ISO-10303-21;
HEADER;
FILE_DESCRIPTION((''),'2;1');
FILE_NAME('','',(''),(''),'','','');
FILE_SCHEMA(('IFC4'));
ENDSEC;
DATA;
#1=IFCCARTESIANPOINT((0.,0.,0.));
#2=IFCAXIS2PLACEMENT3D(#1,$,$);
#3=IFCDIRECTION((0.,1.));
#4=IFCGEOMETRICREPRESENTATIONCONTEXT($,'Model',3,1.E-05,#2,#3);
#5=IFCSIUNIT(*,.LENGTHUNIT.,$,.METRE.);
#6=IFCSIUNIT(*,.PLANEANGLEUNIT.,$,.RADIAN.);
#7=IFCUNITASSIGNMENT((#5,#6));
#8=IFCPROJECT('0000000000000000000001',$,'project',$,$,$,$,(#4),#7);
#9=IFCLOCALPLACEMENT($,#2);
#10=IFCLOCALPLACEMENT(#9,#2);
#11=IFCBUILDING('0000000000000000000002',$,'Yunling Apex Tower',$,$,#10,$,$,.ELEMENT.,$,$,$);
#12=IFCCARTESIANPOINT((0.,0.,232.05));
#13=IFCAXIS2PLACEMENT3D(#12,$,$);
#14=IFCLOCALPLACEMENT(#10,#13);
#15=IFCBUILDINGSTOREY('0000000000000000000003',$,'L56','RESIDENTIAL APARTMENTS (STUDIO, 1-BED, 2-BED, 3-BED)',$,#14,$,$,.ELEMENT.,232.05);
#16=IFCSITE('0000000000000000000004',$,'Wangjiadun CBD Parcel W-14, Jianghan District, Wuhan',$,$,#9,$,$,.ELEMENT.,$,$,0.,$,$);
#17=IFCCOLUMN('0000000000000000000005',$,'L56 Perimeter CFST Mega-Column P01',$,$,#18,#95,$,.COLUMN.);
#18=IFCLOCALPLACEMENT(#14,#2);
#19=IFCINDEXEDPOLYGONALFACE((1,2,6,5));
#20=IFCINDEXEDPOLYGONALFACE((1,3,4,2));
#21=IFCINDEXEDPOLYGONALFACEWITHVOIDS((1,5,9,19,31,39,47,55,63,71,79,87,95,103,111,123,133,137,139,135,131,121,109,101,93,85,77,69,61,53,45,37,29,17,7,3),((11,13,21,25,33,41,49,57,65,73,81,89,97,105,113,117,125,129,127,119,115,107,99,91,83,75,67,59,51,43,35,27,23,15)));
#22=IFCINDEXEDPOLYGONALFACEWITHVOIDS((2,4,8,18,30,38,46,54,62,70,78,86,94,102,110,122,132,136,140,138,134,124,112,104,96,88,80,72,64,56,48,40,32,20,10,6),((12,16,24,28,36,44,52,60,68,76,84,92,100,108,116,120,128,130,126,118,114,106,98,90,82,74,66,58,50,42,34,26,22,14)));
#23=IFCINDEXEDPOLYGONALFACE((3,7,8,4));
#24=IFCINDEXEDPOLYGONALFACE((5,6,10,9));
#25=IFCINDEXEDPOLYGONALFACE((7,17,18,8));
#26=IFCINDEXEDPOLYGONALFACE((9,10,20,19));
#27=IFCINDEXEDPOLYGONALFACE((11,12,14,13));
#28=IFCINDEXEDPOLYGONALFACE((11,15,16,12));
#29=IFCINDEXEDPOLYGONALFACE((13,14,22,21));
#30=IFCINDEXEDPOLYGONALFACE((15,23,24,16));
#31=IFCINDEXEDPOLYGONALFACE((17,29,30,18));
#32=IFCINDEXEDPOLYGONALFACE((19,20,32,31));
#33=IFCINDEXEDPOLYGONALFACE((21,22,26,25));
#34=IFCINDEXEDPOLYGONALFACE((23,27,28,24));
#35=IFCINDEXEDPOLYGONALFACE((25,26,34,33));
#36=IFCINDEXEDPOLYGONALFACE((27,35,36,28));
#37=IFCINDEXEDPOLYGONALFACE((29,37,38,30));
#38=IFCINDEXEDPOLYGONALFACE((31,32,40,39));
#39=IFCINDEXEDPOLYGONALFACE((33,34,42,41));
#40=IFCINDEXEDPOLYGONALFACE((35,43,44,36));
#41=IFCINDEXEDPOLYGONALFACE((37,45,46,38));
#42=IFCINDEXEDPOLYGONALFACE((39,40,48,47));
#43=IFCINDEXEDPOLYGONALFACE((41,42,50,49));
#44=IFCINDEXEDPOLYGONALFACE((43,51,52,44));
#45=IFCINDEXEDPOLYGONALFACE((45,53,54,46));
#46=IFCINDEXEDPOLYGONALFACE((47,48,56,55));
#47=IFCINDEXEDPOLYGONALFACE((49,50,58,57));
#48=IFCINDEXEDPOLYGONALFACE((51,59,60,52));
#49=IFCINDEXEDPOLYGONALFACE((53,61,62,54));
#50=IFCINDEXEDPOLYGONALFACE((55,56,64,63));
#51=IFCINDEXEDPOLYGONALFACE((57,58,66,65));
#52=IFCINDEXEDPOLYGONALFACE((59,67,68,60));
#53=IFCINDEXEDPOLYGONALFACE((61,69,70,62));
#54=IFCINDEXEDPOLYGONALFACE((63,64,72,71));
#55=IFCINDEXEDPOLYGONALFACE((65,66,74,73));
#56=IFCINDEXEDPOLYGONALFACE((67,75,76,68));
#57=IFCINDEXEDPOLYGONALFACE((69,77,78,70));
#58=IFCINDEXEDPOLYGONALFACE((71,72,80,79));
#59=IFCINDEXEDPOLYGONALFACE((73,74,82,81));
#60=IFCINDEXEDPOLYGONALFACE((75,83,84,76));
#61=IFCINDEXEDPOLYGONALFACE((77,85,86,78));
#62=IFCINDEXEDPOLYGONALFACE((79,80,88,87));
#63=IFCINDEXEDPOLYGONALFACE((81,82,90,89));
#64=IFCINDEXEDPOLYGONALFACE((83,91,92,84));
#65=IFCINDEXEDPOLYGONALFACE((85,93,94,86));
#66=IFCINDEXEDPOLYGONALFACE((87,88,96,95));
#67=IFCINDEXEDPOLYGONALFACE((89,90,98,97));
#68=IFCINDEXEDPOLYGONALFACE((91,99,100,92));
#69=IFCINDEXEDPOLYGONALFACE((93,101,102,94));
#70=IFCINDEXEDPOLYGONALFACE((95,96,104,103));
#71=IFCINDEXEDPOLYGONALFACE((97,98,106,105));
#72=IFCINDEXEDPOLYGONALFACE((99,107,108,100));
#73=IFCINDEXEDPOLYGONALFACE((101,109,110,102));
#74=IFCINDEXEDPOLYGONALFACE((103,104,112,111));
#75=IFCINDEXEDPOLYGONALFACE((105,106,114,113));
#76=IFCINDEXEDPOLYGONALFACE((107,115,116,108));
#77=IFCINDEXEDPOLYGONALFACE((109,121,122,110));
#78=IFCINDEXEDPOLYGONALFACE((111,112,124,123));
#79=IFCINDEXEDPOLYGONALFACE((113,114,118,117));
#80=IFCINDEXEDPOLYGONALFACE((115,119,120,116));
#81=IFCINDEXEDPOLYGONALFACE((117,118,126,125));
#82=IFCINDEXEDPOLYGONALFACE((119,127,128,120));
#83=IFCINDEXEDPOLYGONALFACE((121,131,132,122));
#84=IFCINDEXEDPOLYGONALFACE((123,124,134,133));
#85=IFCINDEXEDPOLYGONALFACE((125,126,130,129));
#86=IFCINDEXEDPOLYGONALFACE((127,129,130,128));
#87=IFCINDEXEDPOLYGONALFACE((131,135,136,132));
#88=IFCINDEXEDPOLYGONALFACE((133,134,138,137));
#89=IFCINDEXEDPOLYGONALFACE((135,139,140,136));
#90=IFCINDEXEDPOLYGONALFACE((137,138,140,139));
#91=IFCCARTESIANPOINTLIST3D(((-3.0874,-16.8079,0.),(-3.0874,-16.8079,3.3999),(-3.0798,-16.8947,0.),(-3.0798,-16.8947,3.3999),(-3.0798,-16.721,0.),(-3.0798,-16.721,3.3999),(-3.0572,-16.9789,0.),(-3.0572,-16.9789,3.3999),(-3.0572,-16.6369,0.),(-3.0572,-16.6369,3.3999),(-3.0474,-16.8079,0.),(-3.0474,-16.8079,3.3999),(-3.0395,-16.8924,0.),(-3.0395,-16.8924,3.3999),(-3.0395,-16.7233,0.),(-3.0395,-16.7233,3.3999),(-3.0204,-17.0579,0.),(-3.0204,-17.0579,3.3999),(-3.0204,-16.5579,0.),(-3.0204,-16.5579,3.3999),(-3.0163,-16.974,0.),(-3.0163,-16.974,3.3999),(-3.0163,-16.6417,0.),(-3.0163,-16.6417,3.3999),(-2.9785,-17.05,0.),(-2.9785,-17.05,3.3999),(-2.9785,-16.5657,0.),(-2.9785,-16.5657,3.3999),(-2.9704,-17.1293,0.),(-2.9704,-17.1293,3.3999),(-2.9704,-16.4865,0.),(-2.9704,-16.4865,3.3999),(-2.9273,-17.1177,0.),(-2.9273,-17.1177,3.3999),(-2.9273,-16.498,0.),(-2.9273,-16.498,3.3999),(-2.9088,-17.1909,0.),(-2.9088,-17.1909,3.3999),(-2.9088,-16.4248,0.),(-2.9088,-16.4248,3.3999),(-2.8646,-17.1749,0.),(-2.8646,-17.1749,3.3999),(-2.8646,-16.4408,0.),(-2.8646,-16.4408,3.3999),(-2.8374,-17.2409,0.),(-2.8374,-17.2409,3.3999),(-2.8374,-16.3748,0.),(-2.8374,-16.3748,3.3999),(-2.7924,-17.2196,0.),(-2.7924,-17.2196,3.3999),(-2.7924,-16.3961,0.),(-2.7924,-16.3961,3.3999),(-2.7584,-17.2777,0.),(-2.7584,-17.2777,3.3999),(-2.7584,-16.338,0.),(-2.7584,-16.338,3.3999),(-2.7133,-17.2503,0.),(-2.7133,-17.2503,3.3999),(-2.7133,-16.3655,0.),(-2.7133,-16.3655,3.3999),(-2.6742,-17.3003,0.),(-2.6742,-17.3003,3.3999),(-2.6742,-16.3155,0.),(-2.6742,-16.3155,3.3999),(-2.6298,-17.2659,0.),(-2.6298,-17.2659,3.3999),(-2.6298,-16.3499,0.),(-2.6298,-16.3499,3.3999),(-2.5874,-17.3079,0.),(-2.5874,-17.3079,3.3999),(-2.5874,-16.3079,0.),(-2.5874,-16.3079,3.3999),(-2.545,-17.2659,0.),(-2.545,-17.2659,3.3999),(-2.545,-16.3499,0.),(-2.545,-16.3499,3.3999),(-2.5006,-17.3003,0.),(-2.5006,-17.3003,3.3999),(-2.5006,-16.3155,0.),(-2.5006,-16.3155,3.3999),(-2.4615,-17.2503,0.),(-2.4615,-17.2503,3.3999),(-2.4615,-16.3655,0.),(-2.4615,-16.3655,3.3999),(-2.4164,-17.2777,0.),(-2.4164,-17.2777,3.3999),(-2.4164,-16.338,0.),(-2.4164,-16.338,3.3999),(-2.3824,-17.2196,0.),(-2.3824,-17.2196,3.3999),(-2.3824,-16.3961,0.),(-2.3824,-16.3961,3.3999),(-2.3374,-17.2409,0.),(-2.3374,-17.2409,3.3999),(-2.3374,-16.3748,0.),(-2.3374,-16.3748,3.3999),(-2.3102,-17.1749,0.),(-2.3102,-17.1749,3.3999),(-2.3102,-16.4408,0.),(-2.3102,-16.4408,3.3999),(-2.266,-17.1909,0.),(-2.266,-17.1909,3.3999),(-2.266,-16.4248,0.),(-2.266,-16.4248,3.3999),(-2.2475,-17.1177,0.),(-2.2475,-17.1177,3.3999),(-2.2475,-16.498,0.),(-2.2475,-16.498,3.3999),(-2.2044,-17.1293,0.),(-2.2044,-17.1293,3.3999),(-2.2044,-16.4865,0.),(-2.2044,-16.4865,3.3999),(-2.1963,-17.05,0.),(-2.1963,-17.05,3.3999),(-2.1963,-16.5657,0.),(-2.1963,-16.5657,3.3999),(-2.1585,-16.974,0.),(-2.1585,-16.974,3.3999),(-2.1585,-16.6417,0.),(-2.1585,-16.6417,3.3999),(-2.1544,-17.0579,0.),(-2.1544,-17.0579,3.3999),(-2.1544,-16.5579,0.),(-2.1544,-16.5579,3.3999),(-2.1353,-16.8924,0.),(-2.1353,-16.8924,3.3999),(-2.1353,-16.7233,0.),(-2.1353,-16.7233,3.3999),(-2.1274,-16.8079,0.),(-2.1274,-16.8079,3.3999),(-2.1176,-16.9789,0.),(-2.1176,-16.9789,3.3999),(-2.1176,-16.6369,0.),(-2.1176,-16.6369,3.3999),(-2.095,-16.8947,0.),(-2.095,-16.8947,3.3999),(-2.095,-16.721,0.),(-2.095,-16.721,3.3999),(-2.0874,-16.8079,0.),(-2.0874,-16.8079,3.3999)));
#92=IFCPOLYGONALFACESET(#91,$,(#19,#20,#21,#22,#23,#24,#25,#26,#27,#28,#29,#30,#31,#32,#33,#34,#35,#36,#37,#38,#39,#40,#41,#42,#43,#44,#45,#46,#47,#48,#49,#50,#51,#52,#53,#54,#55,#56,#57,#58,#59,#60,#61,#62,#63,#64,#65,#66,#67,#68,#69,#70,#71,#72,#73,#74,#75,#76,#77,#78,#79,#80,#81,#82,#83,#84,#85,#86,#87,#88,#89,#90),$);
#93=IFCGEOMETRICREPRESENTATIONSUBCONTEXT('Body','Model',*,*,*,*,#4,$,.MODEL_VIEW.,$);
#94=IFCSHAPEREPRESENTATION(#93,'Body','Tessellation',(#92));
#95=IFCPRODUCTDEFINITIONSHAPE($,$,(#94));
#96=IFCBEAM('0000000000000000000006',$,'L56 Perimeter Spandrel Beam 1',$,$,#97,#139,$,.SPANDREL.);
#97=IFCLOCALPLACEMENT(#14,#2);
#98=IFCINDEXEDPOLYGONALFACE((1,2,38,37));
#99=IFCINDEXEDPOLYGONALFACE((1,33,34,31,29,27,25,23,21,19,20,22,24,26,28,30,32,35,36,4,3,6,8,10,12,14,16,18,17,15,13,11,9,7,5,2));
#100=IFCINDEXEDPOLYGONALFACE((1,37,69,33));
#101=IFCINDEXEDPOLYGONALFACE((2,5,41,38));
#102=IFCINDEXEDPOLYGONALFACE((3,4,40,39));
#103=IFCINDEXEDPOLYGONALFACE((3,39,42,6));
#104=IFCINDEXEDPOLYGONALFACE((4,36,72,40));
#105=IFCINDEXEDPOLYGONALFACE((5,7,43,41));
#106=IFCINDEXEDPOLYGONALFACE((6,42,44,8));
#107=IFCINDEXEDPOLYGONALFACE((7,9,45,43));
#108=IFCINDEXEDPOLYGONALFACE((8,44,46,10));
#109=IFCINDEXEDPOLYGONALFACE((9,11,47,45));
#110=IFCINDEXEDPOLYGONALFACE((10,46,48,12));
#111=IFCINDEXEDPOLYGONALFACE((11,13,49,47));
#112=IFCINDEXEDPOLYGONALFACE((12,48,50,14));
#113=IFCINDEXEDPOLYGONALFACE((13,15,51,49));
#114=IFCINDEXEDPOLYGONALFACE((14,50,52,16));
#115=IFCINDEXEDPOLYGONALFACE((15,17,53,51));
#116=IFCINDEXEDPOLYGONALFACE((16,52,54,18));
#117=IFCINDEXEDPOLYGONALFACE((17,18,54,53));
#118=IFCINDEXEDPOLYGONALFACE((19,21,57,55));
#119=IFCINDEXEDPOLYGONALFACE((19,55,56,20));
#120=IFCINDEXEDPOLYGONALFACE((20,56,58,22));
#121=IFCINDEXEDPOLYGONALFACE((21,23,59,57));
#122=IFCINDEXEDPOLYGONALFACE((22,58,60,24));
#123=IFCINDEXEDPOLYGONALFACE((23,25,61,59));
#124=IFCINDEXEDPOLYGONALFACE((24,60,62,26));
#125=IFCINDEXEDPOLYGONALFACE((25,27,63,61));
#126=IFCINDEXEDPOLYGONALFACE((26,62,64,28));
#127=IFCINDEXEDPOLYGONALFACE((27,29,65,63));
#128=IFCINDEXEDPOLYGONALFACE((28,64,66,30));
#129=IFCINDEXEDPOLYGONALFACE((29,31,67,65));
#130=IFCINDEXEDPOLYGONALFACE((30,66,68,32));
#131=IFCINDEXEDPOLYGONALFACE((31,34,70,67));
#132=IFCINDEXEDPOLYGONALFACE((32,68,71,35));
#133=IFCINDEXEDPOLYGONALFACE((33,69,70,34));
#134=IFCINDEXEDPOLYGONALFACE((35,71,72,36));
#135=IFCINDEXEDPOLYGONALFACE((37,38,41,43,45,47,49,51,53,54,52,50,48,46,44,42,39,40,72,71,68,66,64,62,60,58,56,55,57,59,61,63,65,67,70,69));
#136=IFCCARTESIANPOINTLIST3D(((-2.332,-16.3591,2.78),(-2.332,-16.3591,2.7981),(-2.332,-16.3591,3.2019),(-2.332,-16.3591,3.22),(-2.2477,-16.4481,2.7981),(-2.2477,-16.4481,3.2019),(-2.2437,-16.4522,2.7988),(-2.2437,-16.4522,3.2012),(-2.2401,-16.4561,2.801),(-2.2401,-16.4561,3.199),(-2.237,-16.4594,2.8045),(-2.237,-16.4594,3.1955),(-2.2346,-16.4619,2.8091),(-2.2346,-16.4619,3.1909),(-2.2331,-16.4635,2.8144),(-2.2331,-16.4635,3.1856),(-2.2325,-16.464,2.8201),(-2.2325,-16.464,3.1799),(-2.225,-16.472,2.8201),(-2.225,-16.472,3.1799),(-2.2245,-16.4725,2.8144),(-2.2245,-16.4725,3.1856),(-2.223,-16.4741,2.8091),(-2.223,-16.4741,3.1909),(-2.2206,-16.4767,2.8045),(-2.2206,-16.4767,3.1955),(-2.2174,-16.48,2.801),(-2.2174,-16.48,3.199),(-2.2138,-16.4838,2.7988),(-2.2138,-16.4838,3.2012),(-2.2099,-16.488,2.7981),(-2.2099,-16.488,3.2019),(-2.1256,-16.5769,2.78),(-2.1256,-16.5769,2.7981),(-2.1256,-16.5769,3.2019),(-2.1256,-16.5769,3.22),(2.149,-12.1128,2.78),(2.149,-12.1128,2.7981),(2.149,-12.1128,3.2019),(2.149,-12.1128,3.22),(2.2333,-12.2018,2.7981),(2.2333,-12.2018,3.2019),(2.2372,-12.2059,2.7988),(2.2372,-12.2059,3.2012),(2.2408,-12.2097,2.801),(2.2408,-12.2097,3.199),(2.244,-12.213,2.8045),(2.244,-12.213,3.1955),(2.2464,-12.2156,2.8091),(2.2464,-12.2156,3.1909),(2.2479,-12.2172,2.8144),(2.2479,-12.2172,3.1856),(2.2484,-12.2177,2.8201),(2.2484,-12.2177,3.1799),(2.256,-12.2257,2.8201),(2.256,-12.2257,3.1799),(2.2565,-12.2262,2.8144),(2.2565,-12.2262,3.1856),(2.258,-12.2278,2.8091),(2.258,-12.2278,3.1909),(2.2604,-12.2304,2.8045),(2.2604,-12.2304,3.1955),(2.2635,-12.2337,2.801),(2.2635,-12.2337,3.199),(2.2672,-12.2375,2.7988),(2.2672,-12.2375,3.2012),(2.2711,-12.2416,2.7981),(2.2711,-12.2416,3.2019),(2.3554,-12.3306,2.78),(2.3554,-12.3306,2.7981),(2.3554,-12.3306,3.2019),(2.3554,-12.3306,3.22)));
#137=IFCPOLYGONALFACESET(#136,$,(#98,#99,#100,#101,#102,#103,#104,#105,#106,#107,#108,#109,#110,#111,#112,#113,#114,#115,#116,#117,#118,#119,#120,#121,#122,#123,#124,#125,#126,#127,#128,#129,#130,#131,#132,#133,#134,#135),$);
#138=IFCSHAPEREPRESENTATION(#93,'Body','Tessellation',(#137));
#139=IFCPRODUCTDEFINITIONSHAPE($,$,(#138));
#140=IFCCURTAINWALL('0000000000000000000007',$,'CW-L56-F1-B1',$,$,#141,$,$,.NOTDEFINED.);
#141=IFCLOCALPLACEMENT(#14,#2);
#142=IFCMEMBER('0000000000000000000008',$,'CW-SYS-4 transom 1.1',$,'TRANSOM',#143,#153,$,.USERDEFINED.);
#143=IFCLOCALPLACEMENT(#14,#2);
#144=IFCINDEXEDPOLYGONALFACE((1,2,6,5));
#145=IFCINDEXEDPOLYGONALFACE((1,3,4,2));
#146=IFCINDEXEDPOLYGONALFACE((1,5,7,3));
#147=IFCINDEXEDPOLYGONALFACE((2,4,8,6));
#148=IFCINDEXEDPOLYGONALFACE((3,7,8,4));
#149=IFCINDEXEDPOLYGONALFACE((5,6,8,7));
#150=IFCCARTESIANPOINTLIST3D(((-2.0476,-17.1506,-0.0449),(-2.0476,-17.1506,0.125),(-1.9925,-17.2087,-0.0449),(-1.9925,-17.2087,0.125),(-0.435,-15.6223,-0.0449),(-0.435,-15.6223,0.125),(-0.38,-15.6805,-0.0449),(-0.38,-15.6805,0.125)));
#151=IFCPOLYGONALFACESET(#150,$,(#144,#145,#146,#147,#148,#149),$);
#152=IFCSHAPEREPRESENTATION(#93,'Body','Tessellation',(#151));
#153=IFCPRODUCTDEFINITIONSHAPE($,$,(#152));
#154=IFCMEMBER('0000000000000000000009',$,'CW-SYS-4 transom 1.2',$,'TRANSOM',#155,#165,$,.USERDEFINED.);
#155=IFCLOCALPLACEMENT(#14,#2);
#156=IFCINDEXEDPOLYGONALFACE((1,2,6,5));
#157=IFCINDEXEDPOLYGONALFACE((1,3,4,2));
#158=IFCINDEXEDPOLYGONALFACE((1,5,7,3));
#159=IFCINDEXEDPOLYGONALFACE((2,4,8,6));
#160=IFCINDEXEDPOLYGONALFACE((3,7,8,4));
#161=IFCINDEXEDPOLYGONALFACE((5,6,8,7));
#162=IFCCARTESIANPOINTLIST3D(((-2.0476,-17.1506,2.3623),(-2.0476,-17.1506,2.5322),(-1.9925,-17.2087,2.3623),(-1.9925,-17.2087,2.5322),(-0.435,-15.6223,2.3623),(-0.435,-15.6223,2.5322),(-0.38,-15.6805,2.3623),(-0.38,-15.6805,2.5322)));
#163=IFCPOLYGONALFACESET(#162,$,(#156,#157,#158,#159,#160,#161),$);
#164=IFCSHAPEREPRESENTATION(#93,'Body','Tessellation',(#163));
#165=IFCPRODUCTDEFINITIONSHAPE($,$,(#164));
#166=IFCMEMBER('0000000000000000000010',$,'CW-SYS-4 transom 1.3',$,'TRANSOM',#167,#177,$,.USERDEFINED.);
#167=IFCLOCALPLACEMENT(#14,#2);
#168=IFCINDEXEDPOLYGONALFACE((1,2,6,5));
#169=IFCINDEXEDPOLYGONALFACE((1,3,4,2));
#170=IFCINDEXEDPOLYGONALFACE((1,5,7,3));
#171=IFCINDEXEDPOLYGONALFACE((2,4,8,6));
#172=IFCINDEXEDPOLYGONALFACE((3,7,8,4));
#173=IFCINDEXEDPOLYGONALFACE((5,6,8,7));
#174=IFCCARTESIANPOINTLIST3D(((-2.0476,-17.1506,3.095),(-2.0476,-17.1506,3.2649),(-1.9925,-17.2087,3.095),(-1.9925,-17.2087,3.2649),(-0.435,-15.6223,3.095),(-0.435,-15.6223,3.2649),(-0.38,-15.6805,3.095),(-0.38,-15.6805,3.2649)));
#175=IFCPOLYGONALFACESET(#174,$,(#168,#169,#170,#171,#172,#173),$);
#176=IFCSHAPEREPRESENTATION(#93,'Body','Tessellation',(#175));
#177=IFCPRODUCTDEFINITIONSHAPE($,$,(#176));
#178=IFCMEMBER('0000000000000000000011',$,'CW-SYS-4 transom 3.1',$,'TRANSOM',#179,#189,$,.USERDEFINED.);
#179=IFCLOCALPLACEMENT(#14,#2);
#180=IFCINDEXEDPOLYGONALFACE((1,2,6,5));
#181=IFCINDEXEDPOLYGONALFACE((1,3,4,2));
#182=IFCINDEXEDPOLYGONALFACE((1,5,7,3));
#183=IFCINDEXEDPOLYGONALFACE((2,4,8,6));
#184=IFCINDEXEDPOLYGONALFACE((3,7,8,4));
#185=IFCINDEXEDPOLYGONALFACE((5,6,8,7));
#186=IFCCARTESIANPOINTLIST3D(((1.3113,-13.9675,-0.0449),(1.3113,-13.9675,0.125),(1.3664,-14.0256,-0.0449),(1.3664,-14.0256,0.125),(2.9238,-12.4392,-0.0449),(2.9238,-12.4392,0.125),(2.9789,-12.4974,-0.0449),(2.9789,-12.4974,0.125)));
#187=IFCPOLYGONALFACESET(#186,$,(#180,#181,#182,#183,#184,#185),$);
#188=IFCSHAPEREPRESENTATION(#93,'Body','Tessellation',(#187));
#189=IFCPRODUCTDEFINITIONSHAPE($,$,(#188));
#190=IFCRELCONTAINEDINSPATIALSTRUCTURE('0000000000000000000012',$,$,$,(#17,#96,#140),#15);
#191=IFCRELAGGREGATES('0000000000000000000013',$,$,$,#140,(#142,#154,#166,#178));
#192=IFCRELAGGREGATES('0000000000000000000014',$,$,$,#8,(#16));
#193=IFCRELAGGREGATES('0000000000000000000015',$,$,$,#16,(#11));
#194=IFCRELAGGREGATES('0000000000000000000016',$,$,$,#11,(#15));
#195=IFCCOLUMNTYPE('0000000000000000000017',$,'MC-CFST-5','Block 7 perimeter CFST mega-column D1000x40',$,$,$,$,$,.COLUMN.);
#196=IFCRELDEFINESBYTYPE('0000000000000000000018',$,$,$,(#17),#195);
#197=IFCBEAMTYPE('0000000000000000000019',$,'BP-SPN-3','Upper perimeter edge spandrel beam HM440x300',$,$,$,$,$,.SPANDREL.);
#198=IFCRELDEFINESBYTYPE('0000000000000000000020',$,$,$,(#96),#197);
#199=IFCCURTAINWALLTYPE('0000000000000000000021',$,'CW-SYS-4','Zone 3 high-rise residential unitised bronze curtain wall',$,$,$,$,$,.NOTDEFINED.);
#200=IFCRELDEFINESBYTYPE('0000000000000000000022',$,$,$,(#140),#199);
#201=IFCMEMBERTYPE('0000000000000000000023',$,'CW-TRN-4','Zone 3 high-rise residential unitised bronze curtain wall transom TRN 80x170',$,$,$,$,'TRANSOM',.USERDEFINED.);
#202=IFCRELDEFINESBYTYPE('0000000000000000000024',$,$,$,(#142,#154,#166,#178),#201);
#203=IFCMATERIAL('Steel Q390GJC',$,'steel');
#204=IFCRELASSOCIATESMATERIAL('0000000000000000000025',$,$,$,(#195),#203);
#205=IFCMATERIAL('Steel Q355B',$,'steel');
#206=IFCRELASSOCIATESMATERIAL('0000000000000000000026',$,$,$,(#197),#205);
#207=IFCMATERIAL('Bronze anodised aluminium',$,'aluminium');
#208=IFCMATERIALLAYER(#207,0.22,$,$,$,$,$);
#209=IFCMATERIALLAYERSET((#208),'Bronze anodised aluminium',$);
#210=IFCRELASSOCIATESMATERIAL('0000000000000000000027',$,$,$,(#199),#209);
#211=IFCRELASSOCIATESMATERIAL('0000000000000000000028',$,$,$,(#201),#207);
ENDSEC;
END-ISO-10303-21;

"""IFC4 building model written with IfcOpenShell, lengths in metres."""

from ifc_helpers import new_model, si_unit, direction, frame, origin, origin_2d, place, context, subcontext, project, spatial, rectangle, hollow_circle, i_section, extrude, source, transform, mapped, material, layer, layer_set, material_profile, profile_set, type_object, element, aggregate, save


model = new_model("IFC4")

# Units and contexts
model_context = context("Model", 3, precision=1e-05, world=origin(), true_north=direction((0.0, 1.0)))
body_context = subcontext(model_context, "Body", "Model", "MODEL_VIEW")
ifc_project = project(units=[si_unit("LENGTHUNIT", "METRE"), si_unit("PLANEANGLEUNIT", "RADIAN")], contexts=[model_context])

# Site, building, storey
site_placement = place(None, origin())
site = spatial("IfcSite", under=ifc_project, at=site_placement, Name="Wangjiadun CBD Parcel W-14, Jianghan District, Wuhan", CompositionType="ELEMENT", RefElevation=0.0)
building_placement = place(site_placement, origin())
building = spatial("IfcBuilding", under=site, at=building_placement, Name="Yunling Apex Tower", CompositionType="ELEMENT")
storey_placement = place(building_placement, frame((0.0, 0.0, 232.05)))
storey = spatial("IfcBuildingStorey", under=building, at=storey_placement, Name="L56", Description="RESIDENTIAL APARTMENTS (STUDIO, 1-BED, 2-BED, 3-BED)", CompositionType="ELEMENT", Elevation=232.05)

# Column
ifc_material_1 = material(Name="Steel Q390GJC", Category="steel")
ifc_material_profile_1 = material_profile(ifc_material_1, hollow_circle(Radius=0.5, WallThickness=0.04, at=origin_2d()))
ifc_profile_set_1 = profile_set([ifc_material_profile_1], Name="Steel Q390GJC")
column_type = type_object("IfcColumnType", Name="MC-CFST-5", Description="Block 7 perimeter CFST mega-column D1000x40", PredefinedType="COLUMN", material=ifc_profile_set_1)
shared_shape_1 = source(origin(), body_context, "Body", "SweptSolid", [
    extrude(hollow_circle(Radius=0.5, WallThickness=0.04, at=origin_2d()), origin(), (0.0, 0.0, 1.0), 3.3999),
])
column_placement = place(storey_placement, frame((-2.5874, -16.8079, 0.0), z_axis=(0.0, 0.0, 1.0), x_axis=(1.0, 0.0, 0.0)))
element("IfcColumn", 1, at=column_placement, inside=storey, type_object=column_type, Name="L56 Perimeter CFST Mega-Column P01", PredefinedType="COLUMN", context=body_context, shape_type="MappedRepresentation", body=[
    mapped(shared_shape_1, transform((0.0, 0.0, 0.0), scale=1.0)),
])

# Beam
ifc_material_2 = material(Name="Steel Q355B", Category="steel")
ifc_material_profile_2 = material_profile(ifc_material_2, i_section(OverallWidth=0.3, OverallDepth=0.4399, WebThickness=0.011, FlangeThickness=0.0181, FilletRadius=0.022, at=origin_2d()))
ifc_profile_set_2 = profile_set([ifc_material_profile_2], Name="Steel Q355B")
beam_type = type_object("IfcBeamType", Name="BP-SPN-3", Description="Upper perimeter edge spandrel beam HM440x300", PredefinedType="SPANDREL", material=ifc_profile_set_2)
shared_shape_2 = source(origin(), body_context, "Body", "SweptSolid", [
    extrude(i_section(OverallWidth=0.3, OverallDepth=0.4399, WebThickness=0.011, FlangeThickness=0.0181, FilletRadius=0.022, at=origin_2d()), origin(), (0.0, 0.0, 1.0), 6.1733),
])
beam_placement = place(storey_placement, frame((-2.2288, -16.468, 3.0), z_axis=(0.725854, 0.687849, 0.0), x_axis=(-0.687849, 0.725854, 0.0)))
element("IfcBeam", 2, at=beam_placement, inside=storey, type_object=beam_type, Name="L56 Perimeter Spandrel Beam 1", PredefinedType="SPANDREL", context=body_context, shape_type="MappedRepresentation", body=[
    mapped(shared_shape_2, transform((0.0, 0.0, 0.0), scale=1.0)),
])

# Curtain wall, members
ifc_material_3 = material(Name="Bronze anodised aluminium", Category="aluminium")
ifc_layer_1 = layer(ifc_material_3, 0.22)
ifc_layer_set_1 = layer_set([ifc_layer_1], Name="Bronze anodised aluminium")
curtain_wall_type = type_object("IfcCurtainWallType", Name="CW-SYS-4", Description="Zone 3 high-rise residential unitised bronze curtain wall", PredefinedType="NOTDEFINED", material=ifc_layer_set_1)
curtain_wall_1_placement = place(storey_placement, origin())
curtain_wall_1 = element("IfcCurtainWall", 3, at=curtain_wall_1_placement, inside=storey, type_object=curtain_wall_type, Name="CW-L56-F1-B1", PredefinedType="NOTDEFINED")
ifc_material_profile_3 = material_profile(ifc_material_3, rectangle(XDim=0.0801, YDim=0.1699, at=origin_2d()))
ifc_profile_set_3 = profile_set([ifc_material_profile_3], Name="Bronze anodised aluminium")
member_type_1 = type_object("IfcMemberType", Name="CW-TRN-4", Description="Zone 3 high-rise residential unitised bronze curtain wall transom TRN 80x170", ElementType="TRANSOM", PredefinedType="USERDEFINED", material=ifc_profile_set_3)
shared_shape_3 = source(origin(), body_context, "Body", "SweptSolid", [
    extrude(rectangle(XDim=0.0801, YDim=0.1699, at=origin_2d()), origin(), (0.0, 0.0, 1.0), 2.2217),
])
member_1_placement = place(storey_placement, frame((-2.02, -17.1797, 0.04), z_axis=(0.725808, 0.687897, 0.0), x_axis=(-0.687897, 0.725808, 0.0)))
member_1 = element("IfcMember", 4, at=member_1_placement, type_object=member_type_1, Name="CW-SYS-4 transom 1.1", ObjectType="TRANSOM", PredefinedType="USERDEFINED", context=body_context, shape_type="MappedRepresentation", body=[
    mapped(shared_shape_3, transform((0.0, 0.0, 0.0), scale=1.0)),
])
member_2_placement = place(storey_placement, frame((-2.02, -17.1797, 2.4473), z_axis=(0.725808, 0.687897, 0.0), x_axis=(-0.687897, 0.725808, 0.0)))
member_2 = element("IfcMember", 5, at=member_2_placement, type_object=member_type_1, Name="CW-SYS-4 transom 1.2", ObjectType="TRANSOM", PredefinedType="USERDEFINED", context=body_context, shape_type="MappedRepresentation", body=[
    mapped(shared_shape_3, transform((0.0, 0.0, 0.0), scale=1.0)),
])
member_3_placement = place(storey_placement, frame((-2.02, -17.1797, 3.1799), z_axis=(0.725808, 0.687897, 0.0), x_axis=(-0.687897, 0.725808, 0.0)))
member_3 = element("IfcMember", 6, at=member_3_placement, type_object=member_type_1, Name="CW-SYS-4 transom 1.3", ObjectType="TRANSOM", PredefinedType="USERDEFINED", context=body_context, shape_type="MappedRepresentation", body=[
    mapped(shared_shape_3, transform((0.0, 0.0, 0.0), scale=1.0)),
])
member_4_placement = place(storey_placement, frame((1.3389, -13.9966, 0.04), z_axis=(0.725808, 0.687897, 0.0), x_axis=(-0.687897, 0.725808, 0.0)))
member_4 = element("IfcMember", 7, at=member_4_placement, type_object=member_type_1, Name="CW-SYS-4 transom 3.1", ObjectType="TRANSOM", PredefinedType="USERDEFINED", context=body_context, shape_type="MappedRepresentation", body=[
    mapped(shared_shape_3, transform((0.0, 0.0, 0.0), scale=1.0)),
])

aggregate(curtain_wall_1, [member_1, member_2, member_3, member_4])

save(model, "model.ifc")
